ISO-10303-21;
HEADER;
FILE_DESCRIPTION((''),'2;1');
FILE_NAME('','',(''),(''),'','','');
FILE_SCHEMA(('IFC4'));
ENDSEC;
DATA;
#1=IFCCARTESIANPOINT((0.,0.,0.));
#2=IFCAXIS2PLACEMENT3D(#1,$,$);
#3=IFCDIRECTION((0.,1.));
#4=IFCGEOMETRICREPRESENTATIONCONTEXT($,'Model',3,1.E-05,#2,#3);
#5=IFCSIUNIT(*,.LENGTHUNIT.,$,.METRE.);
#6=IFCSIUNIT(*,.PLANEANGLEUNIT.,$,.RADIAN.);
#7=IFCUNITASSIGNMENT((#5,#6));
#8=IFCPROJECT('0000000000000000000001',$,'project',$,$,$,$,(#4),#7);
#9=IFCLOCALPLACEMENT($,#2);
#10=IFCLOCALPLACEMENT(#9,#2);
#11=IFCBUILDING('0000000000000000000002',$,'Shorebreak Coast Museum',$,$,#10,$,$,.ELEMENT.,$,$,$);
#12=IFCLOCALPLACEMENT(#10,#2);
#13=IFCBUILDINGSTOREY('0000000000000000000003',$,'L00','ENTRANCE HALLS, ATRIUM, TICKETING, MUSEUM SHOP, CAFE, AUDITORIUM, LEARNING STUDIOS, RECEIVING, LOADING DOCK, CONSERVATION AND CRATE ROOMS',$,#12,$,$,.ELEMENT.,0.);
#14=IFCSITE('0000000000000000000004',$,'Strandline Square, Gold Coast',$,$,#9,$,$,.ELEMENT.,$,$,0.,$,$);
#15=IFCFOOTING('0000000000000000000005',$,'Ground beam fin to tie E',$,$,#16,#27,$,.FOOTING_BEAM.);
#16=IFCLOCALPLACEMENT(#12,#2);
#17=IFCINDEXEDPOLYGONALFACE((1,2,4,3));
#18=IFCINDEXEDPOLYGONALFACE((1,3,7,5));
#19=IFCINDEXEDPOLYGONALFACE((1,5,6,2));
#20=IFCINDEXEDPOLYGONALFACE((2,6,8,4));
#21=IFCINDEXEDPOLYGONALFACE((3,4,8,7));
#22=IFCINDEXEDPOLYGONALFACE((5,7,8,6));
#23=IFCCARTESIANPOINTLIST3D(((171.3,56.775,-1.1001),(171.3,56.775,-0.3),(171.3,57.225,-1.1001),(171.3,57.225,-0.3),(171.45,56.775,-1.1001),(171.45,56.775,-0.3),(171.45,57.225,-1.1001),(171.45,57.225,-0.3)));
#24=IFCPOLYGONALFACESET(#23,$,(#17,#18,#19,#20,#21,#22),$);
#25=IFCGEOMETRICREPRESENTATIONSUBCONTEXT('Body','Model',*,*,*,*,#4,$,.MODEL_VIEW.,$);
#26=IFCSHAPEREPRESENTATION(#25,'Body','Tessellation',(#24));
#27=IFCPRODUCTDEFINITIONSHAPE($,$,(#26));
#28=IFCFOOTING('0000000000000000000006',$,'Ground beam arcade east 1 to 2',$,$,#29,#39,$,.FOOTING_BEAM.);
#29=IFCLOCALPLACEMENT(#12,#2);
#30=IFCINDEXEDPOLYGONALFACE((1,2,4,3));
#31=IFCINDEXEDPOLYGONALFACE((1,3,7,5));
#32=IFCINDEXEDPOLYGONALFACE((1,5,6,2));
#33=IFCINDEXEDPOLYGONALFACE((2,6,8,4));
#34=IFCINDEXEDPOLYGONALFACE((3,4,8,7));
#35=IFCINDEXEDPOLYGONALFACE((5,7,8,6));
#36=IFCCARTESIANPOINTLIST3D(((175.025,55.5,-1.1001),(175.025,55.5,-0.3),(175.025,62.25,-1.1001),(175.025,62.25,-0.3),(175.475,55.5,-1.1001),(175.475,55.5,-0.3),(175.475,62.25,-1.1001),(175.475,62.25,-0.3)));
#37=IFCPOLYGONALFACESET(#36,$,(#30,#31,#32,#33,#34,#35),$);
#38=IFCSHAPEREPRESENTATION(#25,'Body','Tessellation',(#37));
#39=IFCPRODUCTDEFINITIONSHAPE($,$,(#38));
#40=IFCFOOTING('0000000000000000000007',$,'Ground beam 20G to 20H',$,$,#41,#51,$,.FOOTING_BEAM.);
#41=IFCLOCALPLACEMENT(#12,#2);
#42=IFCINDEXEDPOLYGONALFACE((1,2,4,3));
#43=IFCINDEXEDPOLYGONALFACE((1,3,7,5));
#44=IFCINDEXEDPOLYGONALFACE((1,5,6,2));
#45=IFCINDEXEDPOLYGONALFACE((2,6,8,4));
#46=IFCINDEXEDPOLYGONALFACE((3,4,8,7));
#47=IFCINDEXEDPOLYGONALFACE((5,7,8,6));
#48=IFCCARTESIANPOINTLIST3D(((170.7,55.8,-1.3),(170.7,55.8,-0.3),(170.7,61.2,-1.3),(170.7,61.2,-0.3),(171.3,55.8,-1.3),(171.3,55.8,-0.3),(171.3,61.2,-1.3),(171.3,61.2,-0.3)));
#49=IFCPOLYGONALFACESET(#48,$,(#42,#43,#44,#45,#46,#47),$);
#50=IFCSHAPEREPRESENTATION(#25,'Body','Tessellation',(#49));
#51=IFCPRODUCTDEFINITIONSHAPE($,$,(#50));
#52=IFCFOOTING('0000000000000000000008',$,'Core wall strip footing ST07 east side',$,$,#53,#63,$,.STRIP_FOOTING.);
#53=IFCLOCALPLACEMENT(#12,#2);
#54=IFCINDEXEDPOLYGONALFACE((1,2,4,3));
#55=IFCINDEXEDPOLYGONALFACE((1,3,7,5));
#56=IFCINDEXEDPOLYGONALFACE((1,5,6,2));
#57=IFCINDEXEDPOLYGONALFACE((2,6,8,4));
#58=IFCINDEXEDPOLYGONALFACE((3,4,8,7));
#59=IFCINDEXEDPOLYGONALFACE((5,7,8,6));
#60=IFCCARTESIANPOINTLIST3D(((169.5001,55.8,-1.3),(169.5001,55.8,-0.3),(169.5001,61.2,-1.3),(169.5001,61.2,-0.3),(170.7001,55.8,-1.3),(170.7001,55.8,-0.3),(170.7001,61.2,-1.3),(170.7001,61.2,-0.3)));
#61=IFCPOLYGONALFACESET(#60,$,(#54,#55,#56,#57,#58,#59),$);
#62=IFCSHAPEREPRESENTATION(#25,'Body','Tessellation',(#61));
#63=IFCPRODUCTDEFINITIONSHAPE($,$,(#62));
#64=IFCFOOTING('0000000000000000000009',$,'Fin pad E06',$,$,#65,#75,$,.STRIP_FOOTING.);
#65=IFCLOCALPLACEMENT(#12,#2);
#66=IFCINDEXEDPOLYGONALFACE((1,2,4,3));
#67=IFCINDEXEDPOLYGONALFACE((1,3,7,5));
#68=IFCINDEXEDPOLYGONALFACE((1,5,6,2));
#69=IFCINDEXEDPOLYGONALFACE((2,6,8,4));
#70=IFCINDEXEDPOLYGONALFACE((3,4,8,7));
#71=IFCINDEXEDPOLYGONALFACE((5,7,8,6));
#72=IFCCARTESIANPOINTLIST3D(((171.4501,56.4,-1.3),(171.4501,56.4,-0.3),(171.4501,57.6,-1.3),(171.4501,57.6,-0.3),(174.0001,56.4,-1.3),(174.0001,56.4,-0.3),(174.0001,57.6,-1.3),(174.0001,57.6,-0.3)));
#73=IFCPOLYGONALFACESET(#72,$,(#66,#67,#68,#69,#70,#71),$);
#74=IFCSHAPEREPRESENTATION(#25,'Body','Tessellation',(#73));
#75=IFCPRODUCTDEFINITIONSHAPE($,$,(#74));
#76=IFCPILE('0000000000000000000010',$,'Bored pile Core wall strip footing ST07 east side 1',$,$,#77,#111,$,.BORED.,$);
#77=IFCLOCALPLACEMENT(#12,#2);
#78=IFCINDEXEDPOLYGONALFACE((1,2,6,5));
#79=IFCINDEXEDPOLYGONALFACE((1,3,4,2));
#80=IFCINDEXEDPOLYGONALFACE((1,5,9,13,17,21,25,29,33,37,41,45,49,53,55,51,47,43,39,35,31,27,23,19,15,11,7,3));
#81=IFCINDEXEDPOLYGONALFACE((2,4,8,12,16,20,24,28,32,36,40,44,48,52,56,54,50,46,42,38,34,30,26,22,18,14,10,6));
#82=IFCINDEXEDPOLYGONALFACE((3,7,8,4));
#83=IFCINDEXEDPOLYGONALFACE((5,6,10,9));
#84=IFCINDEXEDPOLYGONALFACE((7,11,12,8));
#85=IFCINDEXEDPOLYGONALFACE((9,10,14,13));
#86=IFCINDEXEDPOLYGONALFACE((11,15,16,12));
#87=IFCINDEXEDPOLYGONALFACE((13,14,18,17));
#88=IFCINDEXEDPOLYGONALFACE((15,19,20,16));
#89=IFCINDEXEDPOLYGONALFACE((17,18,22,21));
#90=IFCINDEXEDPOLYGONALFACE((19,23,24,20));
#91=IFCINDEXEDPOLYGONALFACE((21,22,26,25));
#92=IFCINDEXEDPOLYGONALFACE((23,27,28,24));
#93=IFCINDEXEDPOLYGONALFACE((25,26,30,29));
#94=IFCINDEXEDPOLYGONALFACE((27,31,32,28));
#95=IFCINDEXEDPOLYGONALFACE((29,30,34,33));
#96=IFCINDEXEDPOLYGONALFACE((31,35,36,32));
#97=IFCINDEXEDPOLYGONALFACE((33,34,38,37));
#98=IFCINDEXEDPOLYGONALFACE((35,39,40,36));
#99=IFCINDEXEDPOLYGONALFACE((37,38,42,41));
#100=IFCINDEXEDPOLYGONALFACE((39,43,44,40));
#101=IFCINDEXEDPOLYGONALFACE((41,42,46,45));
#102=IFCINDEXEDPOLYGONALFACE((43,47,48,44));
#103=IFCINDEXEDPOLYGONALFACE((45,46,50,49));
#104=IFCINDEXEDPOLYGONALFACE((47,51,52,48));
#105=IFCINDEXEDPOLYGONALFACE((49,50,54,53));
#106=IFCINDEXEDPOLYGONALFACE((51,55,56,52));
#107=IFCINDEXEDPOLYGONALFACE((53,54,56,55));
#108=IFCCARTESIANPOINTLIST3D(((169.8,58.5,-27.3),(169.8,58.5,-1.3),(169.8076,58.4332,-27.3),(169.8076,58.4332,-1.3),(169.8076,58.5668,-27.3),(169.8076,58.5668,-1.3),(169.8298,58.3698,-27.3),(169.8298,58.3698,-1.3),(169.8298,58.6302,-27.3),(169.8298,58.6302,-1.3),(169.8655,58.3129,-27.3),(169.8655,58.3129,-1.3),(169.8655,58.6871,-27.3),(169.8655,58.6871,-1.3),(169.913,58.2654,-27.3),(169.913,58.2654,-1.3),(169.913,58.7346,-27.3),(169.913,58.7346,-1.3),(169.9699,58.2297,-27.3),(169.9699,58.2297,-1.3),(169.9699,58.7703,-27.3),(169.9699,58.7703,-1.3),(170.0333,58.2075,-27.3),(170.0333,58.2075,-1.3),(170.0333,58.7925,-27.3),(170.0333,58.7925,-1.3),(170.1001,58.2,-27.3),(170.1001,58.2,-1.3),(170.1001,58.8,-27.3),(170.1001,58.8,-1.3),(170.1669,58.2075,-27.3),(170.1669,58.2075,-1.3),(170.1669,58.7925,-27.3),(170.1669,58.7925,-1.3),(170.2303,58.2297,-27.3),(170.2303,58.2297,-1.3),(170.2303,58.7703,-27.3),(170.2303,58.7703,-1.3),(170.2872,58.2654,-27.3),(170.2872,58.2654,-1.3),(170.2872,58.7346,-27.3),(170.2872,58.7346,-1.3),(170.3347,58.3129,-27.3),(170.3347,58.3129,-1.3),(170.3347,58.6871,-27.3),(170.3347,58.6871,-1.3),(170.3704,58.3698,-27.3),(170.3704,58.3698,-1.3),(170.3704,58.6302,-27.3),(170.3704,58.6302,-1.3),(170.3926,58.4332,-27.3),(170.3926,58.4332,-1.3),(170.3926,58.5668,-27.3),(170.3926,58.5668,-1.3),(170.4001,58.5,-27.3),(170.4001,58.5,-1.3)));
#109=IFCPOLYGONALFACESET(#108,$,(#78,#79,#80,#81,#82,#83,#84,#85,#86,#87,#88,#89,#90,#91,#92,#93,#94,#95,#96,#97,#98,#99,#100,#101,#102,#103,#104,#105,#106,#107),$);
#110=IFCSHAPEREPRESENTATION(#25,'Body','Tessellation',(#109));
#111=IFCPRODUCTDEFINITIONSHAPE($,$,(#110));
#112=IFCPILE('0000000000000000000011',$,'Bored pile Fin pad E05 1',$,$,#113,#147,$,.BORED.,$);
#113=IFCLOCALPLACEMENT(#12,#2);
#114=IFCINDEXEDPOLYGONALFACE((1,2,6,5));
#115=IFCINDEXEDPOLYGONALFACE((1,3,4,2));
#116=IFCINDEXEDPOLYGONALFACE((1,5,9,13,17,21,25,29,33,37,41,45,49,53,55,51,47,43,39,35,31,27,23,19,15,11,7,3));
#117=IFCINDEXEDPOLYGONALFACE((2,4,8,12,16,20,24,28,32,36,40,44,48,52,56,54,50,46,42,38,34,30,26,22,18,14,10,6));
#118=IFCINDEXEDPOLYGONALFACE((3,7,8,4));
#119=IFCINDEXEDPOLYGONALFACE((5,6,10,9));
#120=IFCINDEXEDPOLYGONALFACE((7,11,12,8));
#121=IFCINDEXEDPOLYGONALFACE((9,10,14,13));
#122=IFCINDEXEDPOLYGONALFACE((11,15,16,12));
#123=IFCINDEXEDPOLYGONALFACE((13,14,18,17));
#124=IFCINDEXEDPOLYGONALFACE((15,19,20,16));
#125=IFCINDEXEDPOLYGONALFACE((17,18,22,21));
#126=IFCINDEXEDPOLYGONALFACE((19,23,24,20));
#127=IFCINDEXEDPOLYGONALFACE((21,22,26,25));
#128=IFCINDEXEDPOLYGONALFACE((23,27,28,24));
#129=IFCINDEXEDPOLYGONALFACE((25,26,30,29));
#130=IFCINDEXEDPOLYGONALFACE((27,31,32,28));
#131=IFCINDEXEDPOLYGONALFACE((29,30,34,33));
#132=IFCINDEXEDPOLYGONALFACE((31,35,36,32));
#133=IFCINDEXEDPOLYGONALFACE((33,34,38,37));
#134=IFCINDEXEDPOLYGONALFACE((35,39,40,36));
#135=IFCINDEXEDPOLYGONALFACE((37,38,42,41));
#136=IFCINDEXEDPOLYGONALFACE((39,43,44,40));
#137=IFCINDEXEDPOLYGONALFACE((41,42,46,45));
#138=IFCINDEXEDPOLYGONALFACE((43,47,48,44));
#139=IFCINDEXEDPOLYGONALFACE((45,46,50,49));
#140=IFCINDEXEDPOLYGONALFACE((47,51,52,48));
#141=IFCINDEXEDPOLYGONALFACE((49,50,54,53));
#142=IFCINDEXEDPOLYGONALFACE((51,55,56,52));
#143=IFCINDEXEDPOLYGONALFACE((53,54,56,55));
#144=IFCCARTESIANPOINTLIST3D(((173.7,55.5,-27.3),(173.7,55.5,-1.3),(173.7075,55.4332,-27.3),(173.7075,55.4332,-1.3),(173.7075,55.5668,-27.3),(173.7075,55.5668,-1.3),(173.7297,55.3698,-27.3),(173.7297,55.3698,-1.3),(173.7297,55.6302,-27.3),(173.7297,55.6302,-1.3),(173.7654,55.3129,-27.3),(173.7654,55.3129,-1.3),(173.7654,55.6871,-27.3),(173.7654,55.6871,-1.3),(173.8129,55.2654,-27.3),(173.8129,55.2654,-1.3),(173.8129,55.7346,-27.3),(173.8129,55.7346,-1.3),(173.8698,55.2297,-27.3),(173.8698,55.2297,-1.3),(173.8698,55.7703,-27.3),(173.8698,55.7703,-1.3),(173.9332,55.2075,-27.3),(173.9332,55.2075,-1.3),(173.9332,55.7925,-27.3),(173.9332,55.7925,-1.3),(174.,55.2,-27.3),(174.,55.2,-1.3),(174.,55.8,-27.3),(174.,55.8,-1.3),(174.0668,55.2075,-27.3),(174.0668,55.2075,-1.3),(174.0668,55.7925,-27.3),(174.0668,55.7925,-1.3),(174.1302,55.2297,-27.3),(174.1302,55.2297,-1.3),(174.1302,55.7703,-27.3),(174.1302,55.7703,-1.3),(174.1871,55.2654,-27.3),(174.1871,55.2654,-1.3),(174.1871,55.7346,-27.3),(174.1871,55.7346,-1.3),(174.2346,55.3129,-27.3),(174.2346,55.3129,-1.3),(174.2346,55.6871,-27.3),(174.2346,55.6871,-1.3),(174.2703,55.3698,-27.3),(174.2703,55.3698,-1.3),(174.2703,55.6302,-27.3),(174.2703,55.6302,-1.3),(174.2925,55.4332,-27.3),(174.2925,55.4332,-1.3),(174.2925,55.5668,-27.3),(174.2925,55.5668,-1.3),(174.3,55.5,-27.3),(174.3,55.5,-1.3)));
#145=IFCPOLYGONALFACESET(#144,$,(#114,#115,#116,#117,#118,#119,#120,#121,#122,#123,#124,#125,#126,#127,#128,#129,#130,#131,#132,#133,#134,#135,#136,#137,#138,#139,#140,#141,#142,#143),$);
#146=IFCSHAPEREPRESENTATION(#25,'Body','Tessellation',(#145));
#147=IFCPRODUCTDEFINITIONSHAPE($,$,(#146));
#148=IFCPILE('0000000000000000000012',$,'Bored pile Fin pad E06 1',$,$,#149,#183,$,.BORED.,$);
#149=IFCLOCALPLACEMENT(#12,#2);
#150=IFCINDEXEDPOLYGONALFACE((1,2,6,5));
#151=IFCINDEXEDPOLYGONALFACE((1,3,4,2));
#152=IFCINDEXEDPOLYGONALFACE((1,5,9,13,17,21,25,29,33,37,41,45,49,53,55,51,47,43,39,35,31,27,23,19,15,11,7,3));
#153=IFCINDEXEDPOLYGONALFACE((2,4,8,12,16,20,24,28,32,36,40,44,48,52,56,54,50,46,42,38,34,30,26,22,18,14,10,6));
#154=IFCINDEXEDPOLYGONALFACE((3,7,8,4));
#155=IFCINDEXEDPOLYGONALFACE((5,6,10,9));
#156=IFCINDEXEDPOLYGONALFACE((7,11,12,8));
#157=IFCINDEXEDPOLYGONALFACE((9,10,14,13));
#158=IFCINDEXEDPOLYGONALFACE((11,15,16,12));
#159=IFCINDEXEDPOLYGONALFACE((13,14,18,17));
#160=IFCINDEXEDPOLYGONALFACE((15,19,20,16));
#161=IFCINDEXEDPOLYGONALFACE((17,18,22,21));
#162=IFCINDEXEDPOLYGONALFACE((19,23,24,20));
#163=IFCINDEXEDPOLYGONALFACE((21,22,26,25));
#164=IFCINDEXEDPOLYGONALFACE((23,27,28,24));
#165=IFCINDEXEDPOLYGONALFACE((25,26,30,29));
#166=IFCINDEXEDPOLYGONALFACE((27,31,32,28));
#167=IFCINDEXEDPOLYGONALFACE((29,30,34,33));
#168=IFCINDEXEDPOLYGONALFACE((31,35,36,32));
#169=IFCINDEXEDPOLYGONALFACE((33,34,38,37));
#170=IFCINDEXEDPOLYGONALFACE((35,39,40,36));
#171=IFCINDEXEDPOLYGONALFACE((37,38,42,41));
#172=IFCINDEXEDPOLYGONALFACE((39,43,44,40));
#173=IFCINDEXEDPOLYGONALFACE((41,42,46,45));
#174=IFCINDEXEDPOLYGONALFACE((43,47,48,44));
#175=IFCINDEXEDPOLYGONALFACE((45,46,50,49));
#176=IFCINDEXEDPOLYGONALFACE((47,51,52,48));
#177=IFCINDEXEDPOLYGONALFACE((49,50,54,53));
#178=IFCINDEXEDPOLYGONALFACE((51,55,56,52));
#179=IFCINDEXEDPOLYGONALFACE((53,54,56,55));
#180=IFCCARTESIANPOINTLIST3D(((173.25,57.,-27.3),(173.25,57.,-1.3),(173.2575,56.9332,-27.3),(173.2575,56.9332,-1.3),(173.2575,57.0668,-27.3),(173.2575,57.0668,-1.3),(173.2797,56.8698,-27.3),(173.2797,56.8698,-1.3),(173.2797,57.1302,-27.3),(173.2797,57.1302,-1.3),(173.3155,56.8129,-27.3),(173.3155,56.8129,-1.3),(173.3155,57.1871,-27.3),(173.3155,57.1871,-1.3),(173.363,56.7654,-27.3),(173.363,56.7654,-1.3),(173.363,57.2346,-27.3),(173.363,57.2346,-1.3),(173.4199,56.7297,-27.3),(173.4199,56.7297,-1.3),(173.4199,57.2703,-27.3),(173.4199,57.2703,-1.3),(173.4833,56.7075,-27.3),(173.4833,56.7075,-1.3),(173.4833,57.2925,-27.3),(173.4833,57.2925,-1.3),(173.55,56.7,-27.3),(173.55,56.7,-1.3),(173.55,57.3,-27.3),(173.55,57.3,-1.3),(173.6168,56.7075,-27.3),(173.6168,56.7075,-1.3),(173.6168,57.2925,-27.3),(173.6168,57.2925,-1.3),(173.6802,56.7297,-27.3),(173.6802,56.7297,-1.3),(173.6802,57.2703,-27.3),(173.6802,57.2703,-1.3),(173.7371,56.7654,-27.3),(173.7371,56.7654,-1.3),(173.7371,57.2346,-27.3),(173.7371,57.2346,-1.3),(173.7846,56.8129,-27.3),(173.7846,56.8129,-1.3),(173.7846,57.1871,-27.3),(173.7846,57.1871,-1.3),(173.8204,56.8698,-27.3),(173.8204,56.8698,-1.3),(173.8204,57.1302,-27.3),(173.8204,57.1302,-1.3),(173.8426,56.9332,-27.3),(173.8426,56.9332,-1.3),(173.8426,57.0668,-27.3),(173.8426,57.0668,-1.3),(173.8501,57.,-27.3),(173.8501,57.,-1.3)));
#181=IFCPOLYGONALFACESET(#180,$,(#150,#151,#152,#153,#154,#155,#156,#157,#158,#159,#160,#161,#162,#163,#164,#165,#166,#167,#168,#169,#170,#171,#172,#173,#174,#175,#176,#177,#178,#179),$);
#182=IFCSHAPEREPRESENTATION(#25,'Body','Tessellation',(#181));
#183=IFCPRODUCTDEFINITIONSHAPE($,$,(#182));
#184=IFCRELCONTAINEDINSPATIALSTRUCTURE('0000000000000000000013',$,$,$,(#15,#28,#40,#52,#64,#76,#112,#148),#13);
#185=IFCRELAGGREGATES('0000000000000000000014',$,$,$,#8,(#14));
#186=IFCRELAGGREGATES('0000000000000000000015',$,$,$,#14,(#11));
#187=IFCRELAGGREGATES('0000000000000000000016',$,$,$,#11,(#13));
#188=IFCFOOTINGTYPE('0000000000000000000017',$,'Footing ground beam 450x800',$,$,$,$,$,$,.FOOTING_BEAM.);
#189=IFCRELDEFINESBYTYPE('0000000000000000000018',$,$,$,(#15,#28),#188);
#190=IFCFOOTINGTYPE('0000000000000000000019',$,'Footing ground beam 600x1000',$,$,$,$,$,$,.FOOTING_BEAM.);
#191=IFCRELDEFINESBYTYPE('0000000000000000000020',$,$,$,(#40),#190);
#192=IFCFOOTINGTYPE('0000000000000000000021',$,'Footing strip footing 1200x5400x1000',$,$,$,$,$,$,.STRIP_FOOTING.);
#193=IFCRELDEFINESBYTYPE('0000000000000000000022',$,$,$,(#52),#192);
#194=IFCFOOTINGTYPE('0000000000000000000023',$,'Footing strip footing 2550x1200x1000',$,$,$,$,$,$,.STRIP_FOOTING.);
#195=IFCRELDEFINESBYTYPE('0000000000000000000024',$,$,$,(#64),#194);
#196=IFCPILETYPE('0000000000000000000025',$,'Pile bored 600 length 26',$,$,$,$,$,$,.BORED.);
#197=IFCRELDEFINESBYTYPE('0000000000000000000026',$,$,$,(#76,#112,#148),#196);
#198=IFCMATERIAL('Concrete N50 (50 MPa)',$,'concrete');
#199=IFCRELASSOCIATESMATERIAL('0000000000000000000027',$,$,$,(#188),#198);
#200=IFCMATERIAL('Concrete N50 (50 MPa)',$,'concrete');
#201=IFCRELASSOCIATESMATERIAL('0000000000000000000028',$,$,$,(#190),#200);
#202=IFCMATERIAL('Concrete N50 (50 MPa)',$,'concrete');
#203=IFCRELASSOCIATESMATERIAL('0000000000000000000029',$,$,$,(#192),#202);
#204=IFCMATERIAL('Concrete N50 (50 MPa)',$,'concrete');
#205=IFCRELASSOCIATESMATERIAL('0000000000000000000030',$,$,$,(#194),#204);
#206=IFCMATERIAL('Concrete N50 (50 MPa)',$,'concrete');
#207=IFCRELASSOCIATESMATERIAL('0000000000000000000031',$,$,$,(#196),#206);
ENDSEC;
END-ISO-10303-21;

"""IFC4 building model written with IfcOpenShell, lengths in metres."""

from ifc_helpers import new_model, si_unit, direction, frame, origin, origin_2d, place, context, subcontext, project, spatial, rectangle, circle, extrude, material, material_profile, profile_set, type_object, element, save


model = new_model("IFC4")

# Units and contexts
model_context = context("Model", 3, precision=1e-05, world=origin(), true_north=direction((0.0, 1.0)))
body_context = subcontext(model_context, "Body", "Model", "MODEL_VIEW")
ifc_project = project(units=[si_unit("LENGTHUNIT", "METRE"), si_unit("PLANEANGLEUNIT", "RADIAN")], contexts=[model_context])

# Site, building, storey
site_placement = place(None, origin())
site = spatial("IfcSite", under=ifc_project, at=site_placement, Name="Strandline Square, Gold Coast", CompositionType="ELEMENT", RefElevation=0.0)
building_placement = place(site_placement, origin())
building = spatial("IfcBuilding", under=site, at=building_placement, Name="Shorebreak Coast Museum", CompositionType="ELEMENT")
storey_placement = place(building_placement, origin())
storey = spatial("IfcBuildingStorey", under=building, at=storey_placement, Name="L00", Description="ENTRANCE HALLS, ATRIUM, TICKETING, MUSEUM SHOP, CAFE, AUDITORIUM, LEARNING STUDIOS, RECEIVING, LOADING DOCK, CONSERVATION AND CRATE ROOMS", CompositionType="ELEMENT", Elevation=0.0)

# Footings
ifc_material_1 = material(Name="Concrete N50 (50 MPa)", Category="concrete")
footing_type_1 = type_object("IfcFootingType", Name="Footing ground beam 450x800", PredefinedType="FOOTING_BEAM", material=ifc_material_1)
footing_1_placement = place(storey_placement, frame((171.375, 57.0, -1.1001), z_axis=(0.0, 0.0, 1.0), x_axis=(1.0, 0.0, 0.0)))
element("IfcFooting", 1, at=footing_1_placement, inside=storey, type_object=footing_type_1, Name="Ground beam fin to tie E", PredefinedType="FOOTING_BEAM", context=body_context, shape_type="SweptSolid", body=[
    extrude(rectangle(XDim=0.1499, YDim=0.45, at=origin_2d()), origin(), (0.0, 0.0, 1.0), 0.8),
])
footing_2_placement = place(storey_placement, frame((175.25, 58.875, -1.1001), z_axis=(0.0, 0.0, 1.0), x_axis=(1.0, 0.0, 0.0)))
element("IfcFooting", 2, at=footing_2_placement, inside=storey, type_object=footing_type_1, Name="Ground beam arcade east 1 to 2", PredefinedType="FOOTING_BEAM", context=body_context, shape_type="SweptSolid", body=[
    extrude(rectangle(XDim=0.45, YDim=6.75, at=origin_2d()), origin(), (0.0, 0.0, 1.0), 0.8),
])
ifc_material_2 = material(Name="Concrete N50 (50 MPa)", Category="concrete")
footing_type_2 = type_object("IfcFootingType", Name="Footing ground beam 600x1000", PredefinedType="FOOTING_BEAM", material=ifc_material_2)
footing_3_placement = place(storey_placement, frame((171.0, 58.5, -1.3), z_axis=(0.0, 0.0, 1.0), x_axis=(1.0, 0.0, 0.0)))
element("IfcFooting", 3, at=footing_3_placement, inside=storey, type_object=footing_type_2, Name="Ground beam 20G to 20H", PredefinedType="FOOTING_BEAM", context=body_context, shape_type="SweptSolid", body=[
    extrude(rectangle(XDim=0.6001, YDim=5.3999, at=origin_2d()), origin(), (0.0, 0.0, 1.0), 1.0),
])
ifc_material_3 = material(Name="Concrete N50 (50 MPa)", Category="concrete")
footing_type_3 = type_object("IfcFootingType", Name="Footing strip footing 1200x5400x1000", PredefinedType="STRIP_FOOTING", material=ifc_material_3)
footing_4_placement = place(storey_placement, frame((170.1001, 58.5, -1.3), z_axis=(0.0, 0.0, 1.0), x_axis=(1.0, 0.0, 0.0)))
element("IfcFooting", 4, at=footing_4_placement, inside=storey, type_object=footing_type_3, Name="Core wall strip footing ST07 east side", PredefinedType="STRIP_FOOTING", context=body_context, shape_type="SweptSolid", body=[
    extrude(rectangle(XDim=1.2, YDim=5.3999, at=origin_2d()), origin(), (0.0, 0.0, 1.0), 1.0),
])
ifc_material_4 = material(Name="Concrete N50 (50 MPa)", Category="concrete")
footing_type_4 = type_object("IfcFootingType", Name="Footing strip footing 2550x1200x1000", PredefinedType="STRIP_FOOTING", material=ifc_material_4)
footing_5_placement = place(storey_placement, frame((172.7251, 57.0, -1.3), z_axis=(0.0, 0.0, 1.0), x_axis=(1.0, 0.0, 0.0)))
element("IfcFooting", 5, at=footing_5_placement, inside=storey, type_object=footing_type_4, Name="Fin pad E06", PredefinedType="STRIP_FOOTING", context=body_context, shape_type="SweptSolid", body=[
    extrude(rectangle(XDim=2.55, YDim=1.2, at=origin_2d()), origin(), (0.0, 0.0, 1.0), 1.0),
])

# Piles
ifc_material_5 = material(Name="Concrete N50 (50 MPa)", Category="concrete")
ifc_material_profile_1 = material_profile(ifc_material_5, circle(Radius=0.3, at=origin_2d()), Name="Pile bored 600 length 26")
ifc_profile_set_1 = profile_set([ifc_material_profile_1], Name="Concrete N50 (50 MPa)")
pile_type_1 = type_object("IfcPileType", Name="Pile bored 600 length 26", PredefinedType="BORED", material=ifc_profile_set_1)
for number, where, z_axis, x_axis, name in (
    (6, (170.1001, 58.5, -1.3), (0.0, 0.0, -1.0), (1.0, 0.0, 0.0), "Bored pile Core wall strip footing ST07 east side 1"),
    (7, (174.0, 55.5, -1.3), (0.0, 0.0, -1.0), (1.0, 0.0, 0.0), "Bored pile Fin pad E05 1"),
    (8, (173.55, 57.0, -1.3), (0.0, 0.0, -1.0), (1.0, 0.0, 0.0), "Bored pile Fin pad E06 1"),
):
    element("IfcPile", number, at=place(storey_placement, frame(where, z_axis=z_axis, x_axis=x_axis)), inside=storey, type_object=pile_type_1, Name=name, PredefinedType="BORED", context=body_context, shape_type="SweptSolid", body=[
        extrude(circle(Radius=0.3, at=origin_2d()), origin(), (0.0, 0.0, 1.0), 26.0),
    ])

save(model, "model.ifc")
